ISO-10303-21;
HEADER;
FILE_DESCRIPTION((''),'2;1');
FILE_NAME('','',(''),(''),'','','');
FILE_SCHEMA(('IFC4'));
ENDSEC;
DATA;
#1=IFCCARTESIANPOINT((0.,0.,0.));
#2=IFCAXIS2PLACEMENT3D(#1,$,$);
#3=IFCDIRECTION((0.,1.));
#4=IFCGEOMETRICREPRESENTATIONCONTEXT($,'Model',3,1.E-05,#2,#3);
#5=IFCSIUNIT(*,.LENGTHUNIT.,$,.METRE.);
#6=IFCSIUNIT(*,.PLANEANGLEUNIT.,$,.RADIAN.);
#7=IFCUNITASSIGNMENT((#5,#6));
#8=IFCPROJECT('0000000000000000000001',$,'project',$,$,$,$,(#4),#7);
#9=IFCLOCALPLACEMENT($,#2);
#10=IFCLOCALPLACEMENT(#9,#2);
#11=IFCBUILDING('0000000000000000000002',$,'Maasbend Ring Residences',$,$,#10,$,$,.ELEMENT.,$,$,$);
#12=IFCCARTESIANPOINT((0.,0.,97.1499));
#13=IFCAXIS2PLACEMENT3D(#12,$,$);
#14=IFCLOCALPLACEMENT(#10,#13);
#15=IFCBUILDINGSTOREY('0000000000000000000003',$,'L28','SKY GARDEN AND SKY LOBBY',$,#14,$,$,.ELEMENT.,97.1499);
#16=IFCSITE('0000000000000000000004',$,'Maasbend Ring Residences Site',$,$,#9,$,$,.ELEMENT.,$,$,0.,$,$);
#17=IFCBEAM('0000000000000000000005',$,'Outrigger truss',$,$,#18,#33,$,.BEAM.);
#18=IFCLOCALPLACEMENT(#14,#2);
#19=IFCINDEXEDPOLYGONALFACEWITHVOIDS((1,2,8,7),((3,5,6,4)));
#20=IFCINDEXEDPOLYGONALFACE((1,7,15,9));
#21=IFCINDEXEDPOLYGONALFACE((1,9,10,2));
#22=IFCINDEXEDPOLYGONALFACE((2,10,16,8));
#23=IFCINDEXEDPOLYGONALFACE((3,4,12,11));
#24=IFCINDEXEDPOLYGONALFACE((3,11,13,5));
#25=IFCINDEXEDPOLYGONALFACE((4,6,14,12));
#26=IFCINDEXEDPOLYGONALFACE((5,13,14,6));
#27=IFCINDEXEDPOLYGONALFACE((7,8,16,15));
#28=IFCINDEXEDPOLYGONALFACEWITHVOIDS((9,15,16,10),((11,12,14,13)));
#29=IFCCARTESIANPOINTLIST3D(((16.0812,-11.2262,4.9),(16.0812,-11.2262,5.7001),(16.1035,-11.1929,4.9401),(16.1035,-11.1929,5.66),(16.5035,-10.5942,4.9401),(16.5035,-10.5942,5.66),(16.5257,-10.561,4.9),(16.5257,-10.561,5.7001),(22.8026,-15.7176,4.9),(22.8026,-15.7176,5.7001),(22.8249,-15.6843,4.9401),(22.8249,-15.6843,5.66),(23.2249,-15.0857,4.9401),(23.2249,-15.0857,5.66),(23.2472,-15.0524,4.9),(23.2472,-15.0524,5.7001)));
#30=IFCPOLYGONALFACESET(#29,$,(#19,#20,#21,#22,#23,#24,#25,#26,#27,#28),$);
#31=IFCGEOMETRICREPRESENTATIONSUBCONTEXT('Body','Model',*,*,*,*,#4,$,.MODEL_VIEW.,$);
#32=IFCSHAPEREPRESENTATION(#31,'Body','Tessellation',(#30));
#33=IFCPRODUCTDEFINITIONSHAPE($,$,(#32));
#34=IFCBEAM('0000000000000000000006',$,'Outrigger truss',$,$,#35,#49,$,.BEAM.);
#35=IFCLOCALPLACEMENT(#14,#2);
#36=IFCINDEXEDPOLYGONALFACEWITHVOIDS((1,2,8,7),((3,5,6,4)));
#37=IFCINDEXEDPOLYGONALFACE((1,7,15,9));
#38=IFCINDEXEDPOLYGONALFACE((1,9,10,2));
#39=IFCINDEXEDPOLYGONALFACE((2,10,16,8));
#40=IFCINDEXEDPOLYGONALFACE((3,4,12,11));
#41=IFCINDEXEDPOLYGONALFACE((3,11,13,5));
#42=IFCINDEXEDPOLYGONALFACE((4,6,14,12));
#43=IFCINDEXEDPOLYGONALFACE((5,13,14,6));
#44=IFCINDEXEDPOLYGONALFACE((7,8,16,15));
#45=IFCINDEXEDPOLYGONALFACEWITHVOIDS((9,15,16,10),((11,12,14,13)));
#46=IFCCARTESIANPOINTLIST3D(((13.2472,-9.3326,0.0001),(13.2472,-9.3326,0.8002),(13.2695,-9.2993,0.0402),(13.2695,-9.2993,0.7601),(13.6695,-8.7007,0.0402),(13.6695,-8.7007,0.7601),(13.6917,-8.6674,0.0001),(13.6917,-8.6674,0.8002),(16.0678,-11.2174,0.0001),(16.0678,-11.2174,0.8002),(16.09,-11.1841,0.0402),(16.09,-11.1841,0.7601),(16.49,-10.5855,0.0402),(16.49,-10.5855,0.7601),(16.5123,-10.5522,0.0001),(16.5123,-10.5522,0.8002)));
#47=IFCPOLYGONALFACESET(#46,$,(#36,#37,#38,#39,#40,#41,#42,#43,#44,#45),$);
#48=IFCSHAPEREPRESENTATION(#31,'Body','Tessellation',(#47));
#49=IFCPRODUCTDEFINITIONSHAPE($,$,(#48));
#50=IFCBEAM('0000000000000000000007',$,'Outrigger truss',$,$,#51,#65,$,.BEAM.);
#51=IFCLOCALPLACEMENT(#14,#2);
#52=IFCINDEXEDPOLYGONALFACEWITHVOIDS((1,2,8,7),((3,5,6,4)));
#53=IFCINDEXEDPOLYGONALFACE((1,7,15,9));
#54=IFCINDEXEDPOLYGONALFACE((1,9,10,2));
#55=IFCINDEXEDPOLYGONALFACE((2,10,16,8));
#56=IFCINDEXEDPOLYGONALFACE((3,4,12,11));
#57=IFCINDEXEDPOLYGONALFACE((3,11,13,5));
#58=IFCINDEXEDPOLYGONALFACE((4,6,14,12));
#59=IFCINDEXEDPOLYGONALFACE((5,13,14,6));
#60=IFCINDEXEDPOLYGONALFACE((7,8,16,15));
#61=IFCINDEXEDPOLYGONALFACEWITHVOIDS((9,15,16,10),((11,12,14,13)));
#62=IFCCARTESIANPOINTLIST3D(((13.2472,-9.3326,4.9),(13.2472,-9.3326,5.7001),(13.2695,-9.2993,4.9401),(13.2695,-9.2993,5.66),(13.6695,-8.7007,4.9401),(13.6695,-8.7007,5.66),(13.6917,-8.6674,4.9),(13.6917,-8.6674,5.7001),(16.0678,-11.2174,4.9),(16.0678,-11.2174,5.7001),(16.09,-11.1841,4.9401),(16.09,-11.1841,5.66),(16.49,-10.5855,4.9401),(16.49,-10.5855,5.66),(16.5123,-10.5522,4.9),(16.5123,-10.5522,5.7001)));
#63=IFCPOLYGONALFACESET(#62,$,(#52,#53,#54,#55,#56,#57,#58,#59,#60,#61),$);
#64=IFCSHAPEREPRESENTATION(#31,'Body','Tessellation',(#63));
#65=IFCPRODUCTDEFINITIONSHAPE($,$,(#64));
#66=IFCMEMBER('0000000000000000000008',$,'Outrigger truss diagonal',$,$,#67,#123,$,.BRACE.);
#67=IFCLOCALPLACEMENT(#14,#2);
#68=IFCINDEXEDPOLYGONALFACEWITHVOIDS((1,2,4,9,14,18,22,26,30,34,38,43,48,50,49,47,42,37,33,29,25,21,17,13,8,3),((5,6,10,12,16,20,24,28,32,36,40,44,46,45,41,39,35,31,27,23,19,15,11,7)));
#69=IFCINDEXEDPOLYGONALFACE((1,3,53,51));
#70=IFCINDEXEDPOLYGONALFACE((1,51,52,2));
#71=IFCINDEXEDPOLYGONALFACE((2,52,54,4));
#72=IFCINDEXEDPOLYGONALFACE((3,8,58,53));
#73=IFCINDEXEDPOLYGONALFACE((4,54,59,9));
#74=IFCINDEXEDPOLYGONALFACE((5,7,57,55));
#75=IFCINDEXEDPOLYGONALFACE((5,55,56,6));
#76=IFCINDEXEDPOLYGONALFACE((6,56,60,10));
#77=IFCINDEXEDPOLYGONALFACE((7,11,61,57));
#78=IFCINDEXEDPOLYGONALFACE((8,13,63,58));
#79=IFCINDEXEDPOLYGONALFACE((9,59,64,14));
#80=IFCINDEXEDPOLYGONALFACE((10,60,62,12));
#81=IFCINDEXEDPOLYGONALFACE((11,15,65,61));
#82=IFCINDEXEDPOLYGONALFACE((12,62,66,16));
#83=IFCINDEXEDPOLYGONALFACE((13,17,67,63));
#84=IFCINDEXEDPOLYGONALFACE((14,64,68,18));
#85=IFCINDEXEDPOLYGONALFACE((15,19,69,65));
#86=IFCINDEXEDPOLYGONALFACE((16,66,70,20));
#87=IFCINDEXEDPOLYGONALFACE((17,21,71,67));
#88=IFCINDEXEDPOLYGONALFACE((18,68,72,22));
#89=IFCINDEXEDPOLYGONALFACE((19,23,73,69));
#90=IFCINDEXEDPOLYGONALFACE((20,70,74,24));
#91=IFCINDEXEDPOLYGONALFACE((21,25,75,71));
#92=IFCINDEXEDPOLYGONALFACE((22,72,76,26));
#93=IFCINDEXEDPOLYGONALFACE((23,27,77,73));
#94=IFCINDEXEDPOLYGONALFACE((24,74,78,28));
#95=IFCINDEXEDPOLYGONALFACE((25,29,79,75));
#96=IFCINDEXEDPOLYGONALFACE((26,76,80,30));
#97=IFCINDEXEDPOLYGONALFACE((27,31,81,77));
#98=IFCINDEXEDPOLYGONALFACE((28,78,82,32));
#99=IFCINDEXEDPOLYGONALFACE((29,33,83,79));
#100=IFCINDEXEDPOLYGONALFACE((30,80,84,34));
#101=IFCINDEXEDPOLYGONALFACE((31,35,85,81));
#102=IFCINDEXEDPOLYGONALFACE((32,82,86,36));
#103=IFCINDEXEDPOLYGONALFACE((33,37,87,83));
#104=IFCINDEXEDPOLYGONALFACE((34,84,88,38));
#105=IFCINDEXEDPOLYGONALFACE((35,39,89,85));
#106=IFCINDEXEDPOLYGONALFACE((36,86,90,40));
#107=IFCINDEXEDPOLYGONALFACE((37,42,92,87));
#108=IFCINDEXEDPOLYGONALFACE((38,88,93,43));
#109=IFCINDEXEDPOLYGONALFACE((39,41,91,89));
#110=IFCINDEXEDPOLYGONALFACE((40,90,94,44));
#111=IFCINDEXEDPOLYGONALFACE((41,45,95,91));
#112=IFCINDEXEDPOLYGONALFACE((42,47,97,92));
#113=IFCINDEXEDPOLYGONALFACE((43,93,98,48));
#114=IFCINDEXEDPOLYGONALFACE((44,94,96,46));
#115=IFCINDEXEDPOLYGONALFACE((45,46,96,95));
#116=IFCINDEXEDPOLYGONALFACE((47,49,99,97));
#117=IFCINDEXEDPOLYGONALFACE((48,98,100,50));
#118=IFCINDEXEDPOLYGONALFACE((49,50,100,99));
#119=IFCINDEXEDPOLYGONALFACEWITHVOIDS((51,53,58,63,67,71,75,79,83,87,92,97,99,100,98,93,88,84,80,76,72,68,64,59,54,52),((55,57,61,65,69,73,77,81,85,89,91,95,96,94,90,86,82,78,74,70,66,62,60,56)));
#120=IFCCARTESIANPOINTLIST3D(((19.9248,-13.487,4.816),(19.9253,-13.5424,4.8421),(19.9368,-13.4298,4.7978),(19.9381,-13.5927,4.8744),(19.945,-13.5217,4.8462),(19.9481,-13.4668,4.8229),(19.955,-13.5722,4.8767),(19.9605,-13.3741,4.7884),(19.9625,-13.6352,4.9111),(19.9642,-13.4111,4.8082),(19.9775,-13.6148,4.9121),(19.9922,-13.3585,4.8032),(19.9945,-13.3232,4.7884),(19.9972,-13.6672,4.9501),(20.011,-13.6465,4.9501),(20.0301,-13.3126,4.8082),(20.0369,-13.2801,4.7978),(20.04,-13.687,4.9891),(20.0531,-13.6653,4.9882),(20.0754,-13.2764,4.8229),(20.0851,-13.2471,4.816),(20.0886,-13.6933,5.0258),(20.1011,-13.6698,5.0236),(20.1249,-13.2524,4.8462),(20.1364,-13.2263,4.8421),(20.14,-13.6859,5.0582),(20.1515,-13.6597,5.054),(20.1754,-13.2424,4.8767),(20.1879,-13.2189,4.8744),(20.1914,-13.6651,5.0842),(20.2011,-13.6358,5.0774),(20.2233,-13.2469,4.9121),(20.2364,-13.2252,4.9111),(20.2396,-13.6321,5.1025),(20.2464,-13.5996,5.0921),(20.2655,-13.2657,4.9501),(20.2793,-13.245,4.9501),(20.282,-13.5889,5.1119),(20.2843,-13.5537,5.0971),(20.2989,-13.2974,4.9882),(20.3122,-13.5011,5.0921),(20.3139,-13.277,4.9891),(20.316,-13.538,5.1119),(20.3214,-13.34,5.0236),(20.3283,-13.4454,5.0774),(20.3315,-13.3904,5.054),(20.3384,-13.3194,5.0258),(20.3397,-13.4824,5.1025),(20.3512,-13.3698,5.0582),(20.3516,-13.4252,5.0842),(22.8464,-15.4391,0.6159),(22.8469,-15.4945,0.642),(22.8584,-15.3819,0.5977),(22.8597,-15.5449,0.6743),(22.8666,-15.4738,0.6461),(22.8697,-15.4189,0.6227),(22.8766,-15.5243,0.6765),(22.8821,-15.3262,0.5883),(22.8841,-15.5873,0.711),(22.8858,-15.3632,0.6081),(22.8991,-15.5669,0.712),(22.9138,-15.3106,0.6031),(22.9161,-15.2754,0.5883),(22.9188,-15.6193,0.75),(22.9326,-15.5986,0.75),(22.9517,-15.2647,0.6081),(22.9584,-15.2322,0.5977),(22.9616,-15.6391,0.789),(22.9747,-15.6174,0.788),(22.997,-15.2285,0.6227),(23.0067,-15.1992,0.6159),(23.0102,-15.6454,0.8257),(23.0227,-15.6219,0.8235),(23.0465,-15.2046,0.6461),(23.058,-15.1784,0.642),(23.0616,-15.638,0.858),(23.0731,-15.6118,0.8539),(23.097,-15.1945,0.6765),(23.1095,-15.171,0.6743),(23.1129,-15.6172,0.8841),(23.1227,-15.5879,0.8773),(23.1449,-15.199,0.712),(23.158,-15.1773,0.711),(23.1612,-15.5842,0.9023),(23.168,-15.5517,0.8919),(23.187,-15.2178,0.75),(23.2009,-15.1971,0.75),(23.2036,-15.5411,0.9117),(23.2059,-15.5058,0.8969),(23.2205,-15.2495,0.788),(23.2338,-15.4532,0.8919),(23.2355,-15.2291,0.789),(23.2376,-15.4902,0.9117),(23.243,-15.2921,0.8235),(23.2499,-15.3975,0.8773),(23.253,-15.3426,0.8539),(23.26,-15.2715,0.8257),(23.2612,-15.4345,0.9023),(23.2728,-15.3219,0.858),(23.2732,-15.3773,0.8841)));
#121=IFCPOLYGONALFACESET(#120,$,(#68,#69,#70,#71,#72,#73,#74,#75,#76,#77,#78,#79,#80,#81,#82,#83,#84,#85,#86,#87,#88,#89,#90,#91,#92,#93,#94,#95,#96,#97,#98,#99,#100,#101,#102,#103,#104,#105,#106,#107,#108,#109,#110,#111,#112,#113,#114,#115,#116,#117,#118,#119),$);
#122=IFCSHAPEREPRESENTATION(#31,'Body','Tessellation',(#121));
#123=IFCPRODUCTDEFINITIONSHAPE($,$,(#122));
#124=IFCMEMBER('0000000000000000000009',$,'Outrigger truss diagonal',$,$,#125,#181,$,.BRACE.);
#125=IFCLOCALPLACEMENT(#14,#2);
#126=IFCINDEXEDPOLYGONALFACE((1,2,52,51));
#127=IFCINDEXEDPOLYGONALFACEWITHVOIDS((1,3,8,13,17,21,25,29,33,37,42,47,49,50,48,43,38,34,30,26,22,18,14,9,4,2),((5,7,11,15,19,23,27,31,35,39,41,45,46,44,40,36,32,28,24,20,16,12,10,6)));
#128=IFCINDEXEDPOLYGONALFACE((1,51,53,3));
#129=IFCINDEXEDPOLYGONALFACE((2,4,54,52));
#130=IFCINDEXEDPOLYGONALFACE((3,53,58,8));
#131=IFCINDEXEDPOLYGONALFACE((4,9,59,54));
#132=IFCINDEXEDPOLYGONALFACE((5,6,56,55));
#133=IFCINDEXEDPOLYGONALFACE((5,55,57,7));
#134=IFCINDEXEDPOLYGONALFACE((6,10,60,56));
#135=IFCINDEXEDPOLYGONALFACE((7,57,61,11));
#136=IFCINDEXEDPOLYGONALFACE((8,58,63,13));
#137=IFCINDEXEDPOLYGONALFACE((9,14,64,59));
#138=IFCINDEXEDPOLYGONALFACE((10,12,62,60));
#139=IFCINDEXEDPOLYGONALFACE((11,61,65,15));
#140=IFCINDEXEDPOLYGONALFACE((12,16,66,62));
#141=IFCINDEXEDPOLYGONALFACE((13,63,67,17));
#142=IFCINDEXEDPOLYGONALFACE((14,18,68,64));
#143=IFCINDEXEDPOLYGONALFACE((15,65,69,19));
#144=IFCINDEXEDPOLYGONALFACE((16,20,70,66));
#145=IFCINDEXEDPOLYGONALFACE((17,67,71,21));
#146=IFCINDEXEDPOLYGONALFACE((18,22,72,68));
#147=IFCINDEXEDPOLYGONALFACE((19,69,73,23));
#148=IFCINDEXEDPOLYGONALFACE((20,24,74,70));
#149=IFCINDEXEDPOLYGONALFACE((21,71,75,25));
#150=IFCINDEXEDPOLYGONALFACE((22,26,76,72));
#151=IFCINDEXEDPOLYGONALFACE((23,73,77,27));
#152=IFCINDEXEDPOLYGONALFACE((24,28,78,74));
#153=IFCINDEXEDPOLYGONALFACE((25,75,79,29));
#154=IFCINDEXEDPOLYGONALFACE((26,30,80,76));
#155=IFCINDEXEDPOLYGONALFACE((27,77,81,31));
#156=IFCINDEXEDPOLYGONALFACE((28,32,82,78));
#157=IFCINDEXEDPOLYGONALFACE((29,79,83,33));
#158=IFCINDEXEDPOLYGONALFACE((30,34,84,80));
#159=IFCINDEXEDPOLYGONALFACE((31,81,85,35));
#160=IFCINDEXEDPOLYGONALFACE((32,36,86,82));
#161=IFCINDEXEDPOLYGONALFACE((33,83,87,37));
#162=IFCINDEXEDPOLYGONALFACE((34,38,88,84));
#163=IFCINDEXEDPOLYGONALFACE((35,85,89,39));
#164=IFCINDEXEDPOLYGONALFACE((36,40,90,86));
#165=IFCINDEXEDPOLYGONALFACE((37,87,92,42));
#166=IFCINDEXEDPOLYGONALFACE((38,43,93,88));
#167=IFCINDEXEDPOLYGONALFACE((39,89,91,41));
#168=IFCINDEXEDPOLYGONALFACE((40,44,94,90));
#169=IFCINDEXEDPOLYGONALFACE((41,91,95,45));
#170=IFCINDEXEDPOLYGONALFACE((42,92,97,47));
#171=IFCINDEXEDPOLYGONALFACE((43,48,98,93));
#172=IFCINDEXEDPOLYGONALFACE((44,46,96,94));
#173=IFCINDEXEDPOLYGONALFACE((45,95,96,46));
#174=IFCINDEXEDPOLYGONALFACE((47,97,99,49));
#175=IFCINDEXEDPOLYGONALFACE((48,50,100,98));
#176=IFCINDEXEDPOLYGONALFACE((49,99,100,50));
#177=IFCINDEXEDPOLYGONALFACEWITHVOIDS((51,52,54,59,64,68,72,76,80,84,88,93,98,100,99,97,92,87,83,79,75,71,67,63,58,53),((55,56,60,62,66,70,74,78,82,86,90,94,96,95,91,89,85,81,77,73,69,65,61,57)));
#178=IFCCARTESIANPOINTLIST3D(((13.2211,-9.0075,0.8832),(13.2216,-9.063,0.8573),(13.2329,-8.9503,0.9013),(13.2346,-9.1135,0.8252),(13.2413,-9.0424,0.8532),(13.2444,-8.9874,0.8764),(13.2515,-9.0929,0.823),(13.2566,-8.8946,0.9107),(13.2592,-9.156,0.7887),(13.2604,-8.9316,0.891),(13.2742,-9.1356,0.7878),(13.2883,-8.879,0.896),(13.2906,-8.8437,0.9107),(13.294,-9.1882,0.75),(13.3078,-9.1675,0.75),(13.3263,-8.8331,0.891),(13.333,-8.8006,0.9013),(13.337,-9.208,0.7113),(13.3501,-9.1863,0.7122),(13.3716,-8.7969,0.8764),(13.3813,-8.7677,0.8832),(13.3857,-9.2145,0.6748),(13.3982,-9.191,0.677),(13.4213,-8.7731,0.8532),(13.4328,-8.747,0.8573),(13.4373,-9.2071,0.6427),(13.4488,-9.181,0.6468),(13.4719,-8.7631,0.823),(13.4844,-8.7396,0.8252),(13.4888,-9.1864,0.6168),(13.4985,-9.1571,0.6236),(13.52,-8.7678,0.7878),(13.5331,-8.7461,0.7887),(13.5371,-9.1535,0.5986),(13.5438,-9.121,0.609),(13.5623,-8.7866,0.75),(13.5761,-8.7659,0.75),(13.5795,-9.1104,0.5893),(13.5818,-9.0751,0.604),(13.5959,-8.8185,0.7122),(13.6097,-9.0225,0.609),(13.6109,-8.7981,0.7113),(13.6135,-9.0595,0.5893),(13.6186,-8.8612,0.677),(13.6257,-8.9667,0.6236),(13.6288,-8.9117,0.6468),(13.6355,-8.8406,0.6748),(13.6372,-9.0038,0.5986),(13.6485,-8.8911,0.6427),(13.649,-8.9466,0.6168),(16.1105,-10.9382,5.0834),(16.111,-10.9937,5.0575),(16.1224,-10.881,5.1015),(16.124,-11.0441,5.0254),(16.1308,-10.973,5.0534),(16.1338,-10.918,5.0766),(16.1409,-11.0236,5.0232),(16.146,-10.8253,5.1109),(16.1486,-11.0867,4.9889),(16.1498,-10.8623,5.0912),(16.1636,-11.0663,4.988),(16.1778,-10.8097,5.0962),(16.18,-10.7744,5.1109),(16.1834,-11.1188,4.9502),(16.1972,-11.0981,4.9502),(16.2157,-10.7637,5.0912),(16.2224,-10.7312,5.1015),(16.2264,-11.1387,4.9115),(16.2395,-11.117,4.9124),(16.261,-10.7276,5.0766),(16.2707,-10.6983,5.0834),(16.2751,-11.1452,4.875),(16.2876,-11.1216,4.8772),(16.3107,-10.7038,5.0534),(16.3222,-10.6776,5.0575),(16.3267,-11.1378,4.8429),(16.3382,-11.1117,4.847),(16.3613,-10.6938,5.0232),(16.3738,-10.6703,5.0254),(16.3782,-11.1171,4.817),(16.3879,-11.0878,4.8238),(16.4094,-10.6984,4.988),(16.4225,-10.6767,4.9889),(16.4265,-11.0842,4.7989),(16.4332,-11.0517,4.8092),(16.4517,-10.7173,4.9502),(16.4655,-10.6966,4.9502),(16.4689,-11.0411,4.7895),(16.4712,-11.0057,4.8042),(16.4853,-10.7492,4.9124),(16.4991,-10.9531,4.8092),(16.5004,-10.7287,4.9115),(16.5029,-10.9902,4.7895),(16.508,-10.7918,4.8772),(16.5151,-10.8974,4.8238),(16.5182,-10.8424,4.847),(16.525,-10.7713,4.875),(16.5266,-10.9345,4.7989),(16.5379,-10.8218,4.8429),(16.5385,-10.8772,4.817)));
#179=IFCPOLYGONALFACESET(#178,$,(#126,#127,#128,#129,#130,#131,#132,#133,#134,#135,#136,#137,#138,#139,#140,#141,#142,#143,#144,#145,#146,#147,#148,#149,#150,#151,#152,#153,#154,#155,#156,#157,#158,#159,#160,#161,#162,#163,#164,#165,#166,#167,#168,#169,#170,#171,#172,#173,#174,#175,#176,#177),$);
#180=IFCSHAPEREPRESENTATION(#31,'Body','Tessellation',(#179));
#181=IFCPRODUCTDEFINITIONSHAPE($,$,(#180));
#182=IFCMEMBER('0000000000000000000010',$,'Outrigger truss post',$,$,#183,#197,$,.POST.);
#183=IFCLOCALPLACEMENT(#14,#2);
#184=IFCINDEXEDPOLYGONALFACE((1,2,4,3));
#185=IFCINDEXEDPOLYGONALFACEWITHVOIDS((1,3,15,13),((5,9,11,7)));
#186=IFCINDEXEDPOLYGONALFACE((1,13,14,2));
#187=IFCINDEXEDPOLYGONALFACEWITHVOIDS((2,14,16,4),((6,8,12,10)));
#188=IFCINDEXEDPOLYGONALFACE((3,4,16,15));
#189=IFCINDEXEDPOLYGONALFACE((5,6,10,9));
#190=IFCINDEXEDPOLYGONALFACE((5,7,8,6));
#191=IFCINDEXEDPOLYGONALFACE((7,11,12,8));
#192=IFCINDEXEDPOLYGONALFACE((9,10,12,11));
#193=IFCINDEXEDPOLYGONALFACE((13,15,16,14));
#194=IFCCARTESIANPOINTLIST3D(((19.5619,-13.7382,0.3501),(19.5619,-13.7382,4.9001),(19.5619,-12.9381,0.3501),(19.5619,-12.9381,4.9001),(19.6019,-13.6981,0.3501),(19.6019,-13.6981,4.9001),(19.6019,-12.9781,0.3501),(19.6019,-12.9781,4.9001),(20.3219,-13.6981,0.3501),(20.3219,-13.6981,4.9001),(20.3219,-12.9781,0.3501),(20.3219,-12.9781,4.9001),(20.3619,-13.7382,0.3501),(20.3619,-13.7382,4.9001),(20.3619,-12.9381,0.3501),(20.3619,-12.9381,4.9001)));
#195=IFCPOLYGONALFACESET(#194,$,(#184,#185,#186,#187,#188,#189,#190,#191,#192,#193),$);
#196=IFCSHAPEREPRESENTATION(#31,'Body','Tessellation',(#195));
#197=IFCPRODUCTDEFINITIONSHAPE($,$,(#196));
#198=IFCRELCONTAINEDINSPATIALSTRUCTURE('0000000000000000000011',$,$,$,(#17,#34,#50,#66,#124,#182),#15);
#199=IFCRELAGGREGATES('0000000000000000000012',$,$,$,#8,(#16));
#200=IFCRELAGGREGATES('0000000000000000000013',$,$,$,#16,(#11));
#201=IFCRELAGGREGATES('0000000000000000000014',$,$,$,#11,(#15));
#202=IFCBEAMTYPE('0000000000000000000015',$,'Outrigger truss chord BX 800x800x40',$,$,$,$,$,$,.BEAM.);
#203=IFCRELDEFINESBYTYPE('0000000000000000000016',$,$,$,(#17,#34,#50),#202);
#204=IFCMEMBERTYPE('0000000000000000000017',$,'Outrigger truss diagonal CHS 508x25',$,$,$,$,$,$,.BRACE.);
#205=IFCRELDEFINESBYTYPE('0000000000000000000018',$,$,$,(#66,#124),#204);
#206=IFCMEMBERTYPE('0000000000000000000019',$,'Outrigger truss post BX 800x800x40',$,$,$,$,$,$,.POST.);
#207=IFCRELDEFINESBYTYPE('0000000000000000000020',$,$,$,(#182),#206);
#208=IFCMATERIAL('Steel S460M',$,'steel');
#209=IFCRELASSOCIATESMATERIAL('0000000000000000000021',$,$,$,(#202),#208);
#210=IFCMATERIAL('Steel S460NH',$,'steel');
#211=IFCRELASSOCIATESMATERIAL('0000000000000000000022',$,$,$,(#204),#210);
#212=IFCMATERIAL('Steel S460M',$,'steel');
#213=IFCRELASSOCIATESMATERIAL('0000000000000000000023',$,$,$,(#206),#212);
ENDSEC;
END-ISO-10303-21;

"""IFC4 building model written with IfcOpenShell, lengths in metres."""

from ifc_helpers import new_model, si_unit, direction, frame, origin, origin_2d, place, context, subcontext, project, spatial, hollow_rectangle, hollow_circle, extrude, material, material_profile, profile_set, type_object, element, save


model = new_model("IFC4")

# Units and contexts
model_context = context("Model", 3, precision=1e-05, world=origin(), true_north=direction((0.0, 1.0)))
body_context = subcontext(model_context, "Body", "Model", "MODEL_VIEW")
ifc_project = project(units=[si_unit("LENGTHUNIT", "METRE"), si_unit("PLANEANGLEUNIT", "RADIAN")], contexts=[model_context])

# Site, building, storey
site_placement = place(None, origin())
site = spatial("IfcSite", under=ifc_project, at=site_placement, Name="Maasbend Ring Residences Site", CompositionType="ELEMENT", RefElevation=0.0)
building_placement = place(site_placement, origin())
building = spatial("IfcBuilding", under=site, at=building_placement, Name="Maasbend Ring Residences", CompositionType="ELEMENT")
storey_placement = place(building_placement, frame((0.0, 0.0, 97.1499)))
storey = spatial("IfcBuildingStorey", under=building, at=storey_placement, Name="L28", Description="SKY GARDEN AND SKY LOBBY", CompositionType="ELEMENT", Elevation=97.1499)

# Beams
ifc_material_1 = material(Name="Steel S460M", Category="steel")
ifc_material_profile_1 = material_profile(ifc_material_1, hollow_rectangle(XDim=0.8, YDim=0.8, WallThickness=0.04, at=origin_2d()), Name="Outrigger truss chord BX 800x800x40")
ifc_profile_set_1 = profile_set([ifc_material_profile_1], Name="Steel S460M")
beam_type_1 = type_object("IfcBeamType", Name="Outrigger truss chord BX 800x800x40", PredefinedType="BEAM", material=ifc_profile_set_1)
beam_1_placement = place(storey_placement, frame((23.0249, -15.385, 5.3), z_axis=(-0.83145, 0.555599, 0.0), x_axis=(-0.555599, -0.83145, 0.0)))
element("IfcBeam", 1, at=beam_1_placement, inside=storey, type_object=beam_type_1, Name="Outrigger truss", PredefinedType="BEAM", context=body_context, shape_type="SweptSolid", body=[
    extrude(hollow_rectangle(XDim=0.8, YDim=0.8, WallThickness=0.04, at=origin_2d()), origin(), (0.0, 0.0, 1.0), 8.084),
])
for number, where, z_axis, x_axis, name in (
    (2, (16.29, -10.8848, 0.4001), (-0.831452, 0.555597, 0.0), (-0.555597, -0.831452, 0.0), "Outrigger truss"),
    (3, (16.29, -10.8848, 5.3), (-0.831452, 0.555597, 0.0), (-0.555597, -0.831452, 0.0), "Outrigger truss"),
):
    element("IfcBeam", number, at=place(storey_placement, frame(where, z_axis=z_axis, x_axis=x_axis)), inside=storey, type_object=beam_type_1, Name=name, PredefinedType="BEAM", context=body_context, shape_type="SweptSolid", body=[
        extrude(hollow_rectangle(XDim=0.8, YDim=0.8, WallThickness=0.04, at=origin_2d()), origin(), (0.0, 0.0, 1.0), 3.3923),
    ])

# Members
ifc_material_2 = material(Name="Steel S460NH", Category="steel")
ifc_material_profile_2 = material_profile(ifc_material_2, hollow_circle(Radius=0.2539, WallThickness=0.0249, at=origin_2d()), Name="Outrigger truss diagonal CHS 508x25")
ifc_profile_set_2 = profile_set([ifc_material_profile_2], Name="Steel S460NH")
member_type_1 = type_object("IfcMemberType", Name="Outrigger truss diagonal CHS 508x25", PredefinedType="BRACE", material=ifc_profile_set_2)
member_1_placement = place(storey_placement, frame((23.0598, -15.4082, 0.75), z_axis=(-0.533517, 0.356481, 0.766995), x_axis=(-0.555566, -0.831473, 0.0)))
element("IfcMember", 4, at=member_1_placement, inside=storey, type_object=member_type_1, Name="Outrigger truss diagonal", PredefinedType="BRACE", context=body_context, shape_type="SweptSolid", body=[
    extrude(hollow_circle(Radius=0.2539, WallThickness=0.0249, at=origin_2d()), origin(), (0.0, 0.0, 1.0), 5.4761),
])
member_2_placement = place(storey_placement, frame((16.3245, -10.9077, 4.9502), z_axis=(-0.53003, 0.354159, -0.77048), x_axis=(-0.555575, -0.831466, 0.0)))
element("IfcMember", 5, at=member_2_placement, inside=storey, type_object=member_type_1, Name="Outrigger truss diagonal", PredefinedType="BRACE", context=body_context, shape_type="SweptSolid", body=[
    extrude(hollow_circle(Radius=0.2539, WallThickness=0.0249, at=origin_2d()), origin(), (0.0, 0.0, 1.0), 5.4514),
])
ifc_material_3 = material(Name="Steel S460M", Category="steel")
ifc_material_profile_3 = material_profile(ifc_material_3, hollow_rectangle(XDim=0.8, YDim=0.8, WallThickness=0.04, at=origin_2d()), Name="Outrigger truss post BX 800x800x40")
ifc_profile_set_3 = profile_set([ifc_material_profile_3], Name="Steel S460M")
member_type_2 = type_object("IfcMemberType", Name="Outrigger truss post BX 800x800x40", PredefinedType="POST", material=ifc_profile_set_3)
member_3_placement = place(storey_placement, frame((19.9619, -13.3381, 0.3501), z_axis=(0.0, 0.0, 1.0), x_axis=(1.0, 0.0, 0.0)))
element("IfcMember", 6, at=member_3_placement, inside=storey, type_object=member_type_2, Name="Outrigger truss post", PredefinedType="POST", context=body_context, shape_type="SweptSolid", body=[
    extrude(hollow_rectangle(XDim=0.8, YDim=0.8, WallThickness=0.04, at=origin_2d()), origin(), (0.0, 0.0, 1.0), 4.55),
])

save(model, "model.ifc")
